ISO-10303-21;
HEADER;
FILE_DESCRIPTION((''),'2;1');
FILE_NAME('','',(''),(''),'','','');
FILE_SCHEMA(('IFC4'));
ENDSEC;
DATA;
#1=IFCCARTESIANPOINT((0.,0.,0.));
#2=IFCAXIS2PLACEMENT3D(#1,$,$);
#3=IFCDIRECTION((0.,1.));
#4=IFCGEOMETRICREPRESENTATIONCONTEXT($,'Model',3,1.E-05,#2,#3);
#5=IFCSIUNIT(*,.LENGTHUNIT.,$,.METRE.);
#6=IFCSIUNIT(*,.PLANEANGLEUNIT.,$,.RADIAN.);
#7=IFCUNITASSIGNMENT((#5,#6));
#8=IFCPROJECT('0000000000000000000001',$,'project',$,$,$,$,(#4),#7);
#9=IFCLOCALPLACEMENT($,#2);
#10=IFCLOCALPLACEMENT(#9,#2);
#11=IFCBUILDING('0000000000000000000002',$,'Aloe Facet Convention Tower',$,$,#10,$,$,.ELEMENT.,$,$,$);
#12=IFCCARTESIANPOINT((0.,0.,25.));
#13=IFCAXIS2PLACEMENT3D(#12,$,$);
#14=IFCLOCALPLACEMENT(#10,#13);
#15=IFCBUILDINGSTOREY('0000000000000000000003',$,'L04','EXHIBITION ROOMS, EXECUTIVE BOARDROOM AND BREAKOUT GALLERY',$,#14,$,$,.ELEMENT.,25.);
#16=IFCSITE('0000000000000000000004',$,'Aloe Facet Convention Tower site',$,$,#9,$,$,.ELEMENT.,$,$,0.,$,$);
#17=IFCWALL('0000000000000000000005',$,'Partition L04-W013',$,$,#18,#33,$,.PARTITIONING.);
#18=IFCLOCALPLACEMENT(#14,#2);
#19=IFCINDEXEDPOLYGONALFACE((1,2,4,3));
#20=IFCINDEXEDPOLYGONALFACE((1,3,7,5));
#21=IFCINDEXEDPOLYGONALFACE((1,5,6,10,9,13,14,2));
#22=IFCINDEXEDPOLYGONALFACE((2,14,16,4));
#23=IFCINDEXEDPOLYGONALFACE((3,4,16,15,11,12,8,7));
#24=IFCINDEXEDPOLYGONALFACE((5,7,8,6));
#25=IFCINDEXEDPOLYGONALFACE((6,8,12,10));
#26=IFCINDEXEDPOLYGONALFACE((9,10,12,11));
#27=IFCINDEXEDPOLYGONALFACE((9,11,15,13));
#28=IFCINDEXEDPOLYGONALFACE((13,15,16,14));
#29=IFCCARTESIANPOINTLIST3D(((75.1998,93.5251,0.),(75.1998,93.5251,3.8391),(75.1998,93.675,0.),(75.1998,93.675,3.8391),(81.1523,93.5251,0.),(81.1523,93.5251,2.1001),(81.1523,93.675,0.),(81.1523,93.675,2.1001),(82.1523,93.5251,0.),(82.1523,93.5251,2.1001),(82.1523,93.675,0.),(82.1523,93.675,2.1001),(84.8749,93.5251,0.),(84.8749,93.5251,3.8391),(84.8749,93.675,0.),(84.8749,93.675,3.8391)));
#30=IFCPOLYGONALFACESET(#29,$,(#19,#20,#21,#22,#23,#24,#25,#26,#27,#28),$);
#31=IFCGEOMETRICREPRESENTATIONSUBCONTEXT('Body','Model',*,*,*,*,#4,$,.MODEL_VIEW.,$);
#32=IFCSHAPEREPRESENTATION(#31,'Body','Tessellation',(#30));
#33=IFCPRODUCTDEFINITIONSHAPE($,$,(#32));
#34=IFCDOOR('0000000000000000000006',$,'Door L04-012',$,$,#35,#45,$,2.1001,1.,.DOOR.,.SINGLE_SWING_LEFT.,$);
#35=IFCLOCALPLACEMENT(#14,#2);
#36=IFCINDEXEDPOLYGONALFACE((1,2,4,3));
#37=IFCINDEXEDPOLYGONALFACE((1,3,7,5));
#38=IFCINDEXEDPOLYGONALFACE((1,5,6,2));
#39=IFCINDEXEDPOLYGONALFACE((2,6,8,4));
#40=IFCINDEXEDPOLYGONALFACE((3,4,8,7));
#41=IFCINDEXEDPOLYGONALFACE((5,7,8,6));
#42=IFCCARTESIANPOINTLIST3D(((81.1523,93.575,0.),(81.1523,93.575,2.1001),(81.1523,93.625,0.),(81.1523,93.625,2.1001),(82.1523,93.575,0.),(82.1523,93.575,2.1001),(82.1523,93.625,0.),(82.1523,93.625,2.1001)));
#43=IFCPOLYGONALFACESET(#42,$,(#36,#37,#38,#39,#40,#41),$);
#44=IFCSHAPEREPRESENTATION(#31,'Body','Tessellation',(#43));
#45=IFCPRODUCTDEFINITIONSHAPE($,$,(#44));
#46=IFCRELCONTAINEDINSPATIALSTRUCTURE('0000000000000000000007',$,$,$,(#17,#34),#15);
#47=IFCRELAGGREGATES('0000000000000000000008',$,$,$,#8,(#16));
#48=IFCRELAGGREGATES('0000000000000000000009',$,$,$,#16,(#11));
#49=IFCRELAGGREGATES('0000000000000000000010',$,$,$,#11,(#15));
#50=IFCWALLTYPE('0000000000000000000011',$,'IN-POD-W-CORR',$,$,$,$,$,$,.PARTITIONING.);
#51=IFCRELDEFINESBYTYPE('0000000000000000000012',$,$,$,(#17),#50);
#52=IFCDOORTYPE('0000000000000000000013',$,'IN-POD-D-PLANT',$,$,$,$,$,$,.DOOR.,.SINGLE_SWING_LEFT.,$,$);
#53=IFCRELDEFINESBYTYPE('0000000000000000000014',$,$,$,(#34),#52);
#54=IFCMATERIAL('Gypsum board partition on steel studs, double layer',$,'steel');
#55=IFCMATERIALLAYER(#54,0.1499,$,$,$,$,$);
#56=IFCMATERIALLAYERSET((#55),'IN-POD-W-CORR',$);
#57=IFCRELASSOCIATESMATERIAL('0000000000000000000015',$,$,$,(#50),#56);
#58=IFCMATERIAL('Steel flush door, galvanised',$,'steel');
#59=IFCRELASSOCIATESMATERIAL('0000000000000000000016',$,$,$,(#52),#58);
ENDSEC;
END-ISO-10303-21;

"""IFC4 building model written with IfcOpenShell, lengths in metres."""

from ifc_helpers import new_model, si_unit, direction, frame, frame_2d, origin, place, context, subcontext, project, spatial, rectangle, extrude, material, layer, layer_set, type_object, element, fill, save


model = new_model("IFC4")

# Units and contexts
model_context = context("Model", 3, precision=1e-05, world=origin(), true_north=direction((0.0, 1.0)))
body_context = subcontext(model_context, "Body", "Model", "MODEL_VIEW")
ifc_project = project(units=[si_unit("LENGTHUNIT", "METRE"), si_unit("PLANEANGLEUNIT", "RADIAN")], contexts=[model_context])

# Site, building, storey
site_placement = place(None, origin())
site = spatial("IfcSite", under=ifc_project, at=site_placement, Name="Aloe Facet Convention Tower site", CompositionType="ELEMENT", RefElevation=0.0)
building_placement = place(site_placement, origin())
building = spatial("IfcBuilding", under=site, at=building_placement, Name="Aloe Facet Convention Tower", CompositionType="ELEMENT")
storey_placement = place(building_placement, frame((0.0, 0.0, 25.0)))
storey = spatial("IfcBuildingStorey", under=building, at=storey_placement, Name="L04", Description="EXHIBITION ROOMS, EXECUTIVE BOARDROOM AND BREAKOUT GALLERY", CompositionType="ELEMENT", Elevation=25.0)

# Wall, opening, door
ifc_material_1 = material(Name="Gypsum board partition on steel studs, double layer", Category="steel")
ifc_layer_1 = layer(ifc_material_1, 0.1499)
ifc_layer_set_1 = layer_set([ifc_layer_1], Name="IN-POD-W-CORR")
wall_type_1 = type_object("IfcWallType", Name="IN-POD-W-CORR", PredefinedType="PARTITIONING", material=ifc_layer_set_1)
wall_1_placement = place(storey_placement, frame((75.2, 93.6001, 0.0), z_axis=(0.0, 0.0, 1.0), x_axis=(1.0, 0.0, 0.0)))
wall_1 = element("IfcWall", 1, at=wall_1_placement, inside=storey, type_object=wall_type_1, Name="Partition L04-W013", PredefinedType="PARTITIONING", context=body_context, shape_type="SweptSolid", body=[
    extrude(rectangle(XDim=9.675, YDim=0.1499, at=frame_2d((4.8374, 0.0))), origin(), (0.0, 0.0, 1.0), 3.8391),
])
opening_1_placement = place(wall_1_placement, frame((5.9524, 0.0, 0.0)))
opening_1 = element("IfcOpeningElement", 2, at=opening_1_placement, cuts=wall_1, PredefinedType="OPENING", context=body_context, shape_type="SweptSolid", body=[
    extrude(rectangle(XDim=1.0, YDim=2.1001, at=frame_2d((0.5, 1.05))), frame((0.0, 0.085, 0.0), z_axis=(0.0, -1.0, 0.0), x_axis=(1.0, 0.0, 0.0)), (0.0, 0.0, 1.0), 0.1699),
])
ifc_material_2 = material(Name="Steel flush door, galvanised", Category="steel")
door_type_1 = type_object("IfcDoorType", Name="IN-POD-D-PLANT", OperationType="SINGLE_SWING_LEFT", PredefinedType="DOOR", material=ifc_material_2)
door_1_placement = place(opening_1_placement, origin())
door_1 = element("IfcDoor", 3, at=door_1_placement, inside=storey, type_object=door_type_1, Name="Door L04-012", OperationType="SINGLE_SWING_LEFT", OverallHeight=2.1001, OverallWidth=1.0, PredefinedType="DOOR", context=body_context, shape_type="SweptSolid", body=[
    extrude(rectangle(XDim=1.0, YDim=2.1001, at=frame_2d((0.5, 1.05))), frame((0.0, 0.0249, 0.0), z_axis=(0.0, -1.0, 0.0), x_axis=(1.0, 0.0, 0.0)), (0.0, 0.0, 1.0), 0.05),
])
fill(opening_1, door_1)

save(model, "model.ifc")
